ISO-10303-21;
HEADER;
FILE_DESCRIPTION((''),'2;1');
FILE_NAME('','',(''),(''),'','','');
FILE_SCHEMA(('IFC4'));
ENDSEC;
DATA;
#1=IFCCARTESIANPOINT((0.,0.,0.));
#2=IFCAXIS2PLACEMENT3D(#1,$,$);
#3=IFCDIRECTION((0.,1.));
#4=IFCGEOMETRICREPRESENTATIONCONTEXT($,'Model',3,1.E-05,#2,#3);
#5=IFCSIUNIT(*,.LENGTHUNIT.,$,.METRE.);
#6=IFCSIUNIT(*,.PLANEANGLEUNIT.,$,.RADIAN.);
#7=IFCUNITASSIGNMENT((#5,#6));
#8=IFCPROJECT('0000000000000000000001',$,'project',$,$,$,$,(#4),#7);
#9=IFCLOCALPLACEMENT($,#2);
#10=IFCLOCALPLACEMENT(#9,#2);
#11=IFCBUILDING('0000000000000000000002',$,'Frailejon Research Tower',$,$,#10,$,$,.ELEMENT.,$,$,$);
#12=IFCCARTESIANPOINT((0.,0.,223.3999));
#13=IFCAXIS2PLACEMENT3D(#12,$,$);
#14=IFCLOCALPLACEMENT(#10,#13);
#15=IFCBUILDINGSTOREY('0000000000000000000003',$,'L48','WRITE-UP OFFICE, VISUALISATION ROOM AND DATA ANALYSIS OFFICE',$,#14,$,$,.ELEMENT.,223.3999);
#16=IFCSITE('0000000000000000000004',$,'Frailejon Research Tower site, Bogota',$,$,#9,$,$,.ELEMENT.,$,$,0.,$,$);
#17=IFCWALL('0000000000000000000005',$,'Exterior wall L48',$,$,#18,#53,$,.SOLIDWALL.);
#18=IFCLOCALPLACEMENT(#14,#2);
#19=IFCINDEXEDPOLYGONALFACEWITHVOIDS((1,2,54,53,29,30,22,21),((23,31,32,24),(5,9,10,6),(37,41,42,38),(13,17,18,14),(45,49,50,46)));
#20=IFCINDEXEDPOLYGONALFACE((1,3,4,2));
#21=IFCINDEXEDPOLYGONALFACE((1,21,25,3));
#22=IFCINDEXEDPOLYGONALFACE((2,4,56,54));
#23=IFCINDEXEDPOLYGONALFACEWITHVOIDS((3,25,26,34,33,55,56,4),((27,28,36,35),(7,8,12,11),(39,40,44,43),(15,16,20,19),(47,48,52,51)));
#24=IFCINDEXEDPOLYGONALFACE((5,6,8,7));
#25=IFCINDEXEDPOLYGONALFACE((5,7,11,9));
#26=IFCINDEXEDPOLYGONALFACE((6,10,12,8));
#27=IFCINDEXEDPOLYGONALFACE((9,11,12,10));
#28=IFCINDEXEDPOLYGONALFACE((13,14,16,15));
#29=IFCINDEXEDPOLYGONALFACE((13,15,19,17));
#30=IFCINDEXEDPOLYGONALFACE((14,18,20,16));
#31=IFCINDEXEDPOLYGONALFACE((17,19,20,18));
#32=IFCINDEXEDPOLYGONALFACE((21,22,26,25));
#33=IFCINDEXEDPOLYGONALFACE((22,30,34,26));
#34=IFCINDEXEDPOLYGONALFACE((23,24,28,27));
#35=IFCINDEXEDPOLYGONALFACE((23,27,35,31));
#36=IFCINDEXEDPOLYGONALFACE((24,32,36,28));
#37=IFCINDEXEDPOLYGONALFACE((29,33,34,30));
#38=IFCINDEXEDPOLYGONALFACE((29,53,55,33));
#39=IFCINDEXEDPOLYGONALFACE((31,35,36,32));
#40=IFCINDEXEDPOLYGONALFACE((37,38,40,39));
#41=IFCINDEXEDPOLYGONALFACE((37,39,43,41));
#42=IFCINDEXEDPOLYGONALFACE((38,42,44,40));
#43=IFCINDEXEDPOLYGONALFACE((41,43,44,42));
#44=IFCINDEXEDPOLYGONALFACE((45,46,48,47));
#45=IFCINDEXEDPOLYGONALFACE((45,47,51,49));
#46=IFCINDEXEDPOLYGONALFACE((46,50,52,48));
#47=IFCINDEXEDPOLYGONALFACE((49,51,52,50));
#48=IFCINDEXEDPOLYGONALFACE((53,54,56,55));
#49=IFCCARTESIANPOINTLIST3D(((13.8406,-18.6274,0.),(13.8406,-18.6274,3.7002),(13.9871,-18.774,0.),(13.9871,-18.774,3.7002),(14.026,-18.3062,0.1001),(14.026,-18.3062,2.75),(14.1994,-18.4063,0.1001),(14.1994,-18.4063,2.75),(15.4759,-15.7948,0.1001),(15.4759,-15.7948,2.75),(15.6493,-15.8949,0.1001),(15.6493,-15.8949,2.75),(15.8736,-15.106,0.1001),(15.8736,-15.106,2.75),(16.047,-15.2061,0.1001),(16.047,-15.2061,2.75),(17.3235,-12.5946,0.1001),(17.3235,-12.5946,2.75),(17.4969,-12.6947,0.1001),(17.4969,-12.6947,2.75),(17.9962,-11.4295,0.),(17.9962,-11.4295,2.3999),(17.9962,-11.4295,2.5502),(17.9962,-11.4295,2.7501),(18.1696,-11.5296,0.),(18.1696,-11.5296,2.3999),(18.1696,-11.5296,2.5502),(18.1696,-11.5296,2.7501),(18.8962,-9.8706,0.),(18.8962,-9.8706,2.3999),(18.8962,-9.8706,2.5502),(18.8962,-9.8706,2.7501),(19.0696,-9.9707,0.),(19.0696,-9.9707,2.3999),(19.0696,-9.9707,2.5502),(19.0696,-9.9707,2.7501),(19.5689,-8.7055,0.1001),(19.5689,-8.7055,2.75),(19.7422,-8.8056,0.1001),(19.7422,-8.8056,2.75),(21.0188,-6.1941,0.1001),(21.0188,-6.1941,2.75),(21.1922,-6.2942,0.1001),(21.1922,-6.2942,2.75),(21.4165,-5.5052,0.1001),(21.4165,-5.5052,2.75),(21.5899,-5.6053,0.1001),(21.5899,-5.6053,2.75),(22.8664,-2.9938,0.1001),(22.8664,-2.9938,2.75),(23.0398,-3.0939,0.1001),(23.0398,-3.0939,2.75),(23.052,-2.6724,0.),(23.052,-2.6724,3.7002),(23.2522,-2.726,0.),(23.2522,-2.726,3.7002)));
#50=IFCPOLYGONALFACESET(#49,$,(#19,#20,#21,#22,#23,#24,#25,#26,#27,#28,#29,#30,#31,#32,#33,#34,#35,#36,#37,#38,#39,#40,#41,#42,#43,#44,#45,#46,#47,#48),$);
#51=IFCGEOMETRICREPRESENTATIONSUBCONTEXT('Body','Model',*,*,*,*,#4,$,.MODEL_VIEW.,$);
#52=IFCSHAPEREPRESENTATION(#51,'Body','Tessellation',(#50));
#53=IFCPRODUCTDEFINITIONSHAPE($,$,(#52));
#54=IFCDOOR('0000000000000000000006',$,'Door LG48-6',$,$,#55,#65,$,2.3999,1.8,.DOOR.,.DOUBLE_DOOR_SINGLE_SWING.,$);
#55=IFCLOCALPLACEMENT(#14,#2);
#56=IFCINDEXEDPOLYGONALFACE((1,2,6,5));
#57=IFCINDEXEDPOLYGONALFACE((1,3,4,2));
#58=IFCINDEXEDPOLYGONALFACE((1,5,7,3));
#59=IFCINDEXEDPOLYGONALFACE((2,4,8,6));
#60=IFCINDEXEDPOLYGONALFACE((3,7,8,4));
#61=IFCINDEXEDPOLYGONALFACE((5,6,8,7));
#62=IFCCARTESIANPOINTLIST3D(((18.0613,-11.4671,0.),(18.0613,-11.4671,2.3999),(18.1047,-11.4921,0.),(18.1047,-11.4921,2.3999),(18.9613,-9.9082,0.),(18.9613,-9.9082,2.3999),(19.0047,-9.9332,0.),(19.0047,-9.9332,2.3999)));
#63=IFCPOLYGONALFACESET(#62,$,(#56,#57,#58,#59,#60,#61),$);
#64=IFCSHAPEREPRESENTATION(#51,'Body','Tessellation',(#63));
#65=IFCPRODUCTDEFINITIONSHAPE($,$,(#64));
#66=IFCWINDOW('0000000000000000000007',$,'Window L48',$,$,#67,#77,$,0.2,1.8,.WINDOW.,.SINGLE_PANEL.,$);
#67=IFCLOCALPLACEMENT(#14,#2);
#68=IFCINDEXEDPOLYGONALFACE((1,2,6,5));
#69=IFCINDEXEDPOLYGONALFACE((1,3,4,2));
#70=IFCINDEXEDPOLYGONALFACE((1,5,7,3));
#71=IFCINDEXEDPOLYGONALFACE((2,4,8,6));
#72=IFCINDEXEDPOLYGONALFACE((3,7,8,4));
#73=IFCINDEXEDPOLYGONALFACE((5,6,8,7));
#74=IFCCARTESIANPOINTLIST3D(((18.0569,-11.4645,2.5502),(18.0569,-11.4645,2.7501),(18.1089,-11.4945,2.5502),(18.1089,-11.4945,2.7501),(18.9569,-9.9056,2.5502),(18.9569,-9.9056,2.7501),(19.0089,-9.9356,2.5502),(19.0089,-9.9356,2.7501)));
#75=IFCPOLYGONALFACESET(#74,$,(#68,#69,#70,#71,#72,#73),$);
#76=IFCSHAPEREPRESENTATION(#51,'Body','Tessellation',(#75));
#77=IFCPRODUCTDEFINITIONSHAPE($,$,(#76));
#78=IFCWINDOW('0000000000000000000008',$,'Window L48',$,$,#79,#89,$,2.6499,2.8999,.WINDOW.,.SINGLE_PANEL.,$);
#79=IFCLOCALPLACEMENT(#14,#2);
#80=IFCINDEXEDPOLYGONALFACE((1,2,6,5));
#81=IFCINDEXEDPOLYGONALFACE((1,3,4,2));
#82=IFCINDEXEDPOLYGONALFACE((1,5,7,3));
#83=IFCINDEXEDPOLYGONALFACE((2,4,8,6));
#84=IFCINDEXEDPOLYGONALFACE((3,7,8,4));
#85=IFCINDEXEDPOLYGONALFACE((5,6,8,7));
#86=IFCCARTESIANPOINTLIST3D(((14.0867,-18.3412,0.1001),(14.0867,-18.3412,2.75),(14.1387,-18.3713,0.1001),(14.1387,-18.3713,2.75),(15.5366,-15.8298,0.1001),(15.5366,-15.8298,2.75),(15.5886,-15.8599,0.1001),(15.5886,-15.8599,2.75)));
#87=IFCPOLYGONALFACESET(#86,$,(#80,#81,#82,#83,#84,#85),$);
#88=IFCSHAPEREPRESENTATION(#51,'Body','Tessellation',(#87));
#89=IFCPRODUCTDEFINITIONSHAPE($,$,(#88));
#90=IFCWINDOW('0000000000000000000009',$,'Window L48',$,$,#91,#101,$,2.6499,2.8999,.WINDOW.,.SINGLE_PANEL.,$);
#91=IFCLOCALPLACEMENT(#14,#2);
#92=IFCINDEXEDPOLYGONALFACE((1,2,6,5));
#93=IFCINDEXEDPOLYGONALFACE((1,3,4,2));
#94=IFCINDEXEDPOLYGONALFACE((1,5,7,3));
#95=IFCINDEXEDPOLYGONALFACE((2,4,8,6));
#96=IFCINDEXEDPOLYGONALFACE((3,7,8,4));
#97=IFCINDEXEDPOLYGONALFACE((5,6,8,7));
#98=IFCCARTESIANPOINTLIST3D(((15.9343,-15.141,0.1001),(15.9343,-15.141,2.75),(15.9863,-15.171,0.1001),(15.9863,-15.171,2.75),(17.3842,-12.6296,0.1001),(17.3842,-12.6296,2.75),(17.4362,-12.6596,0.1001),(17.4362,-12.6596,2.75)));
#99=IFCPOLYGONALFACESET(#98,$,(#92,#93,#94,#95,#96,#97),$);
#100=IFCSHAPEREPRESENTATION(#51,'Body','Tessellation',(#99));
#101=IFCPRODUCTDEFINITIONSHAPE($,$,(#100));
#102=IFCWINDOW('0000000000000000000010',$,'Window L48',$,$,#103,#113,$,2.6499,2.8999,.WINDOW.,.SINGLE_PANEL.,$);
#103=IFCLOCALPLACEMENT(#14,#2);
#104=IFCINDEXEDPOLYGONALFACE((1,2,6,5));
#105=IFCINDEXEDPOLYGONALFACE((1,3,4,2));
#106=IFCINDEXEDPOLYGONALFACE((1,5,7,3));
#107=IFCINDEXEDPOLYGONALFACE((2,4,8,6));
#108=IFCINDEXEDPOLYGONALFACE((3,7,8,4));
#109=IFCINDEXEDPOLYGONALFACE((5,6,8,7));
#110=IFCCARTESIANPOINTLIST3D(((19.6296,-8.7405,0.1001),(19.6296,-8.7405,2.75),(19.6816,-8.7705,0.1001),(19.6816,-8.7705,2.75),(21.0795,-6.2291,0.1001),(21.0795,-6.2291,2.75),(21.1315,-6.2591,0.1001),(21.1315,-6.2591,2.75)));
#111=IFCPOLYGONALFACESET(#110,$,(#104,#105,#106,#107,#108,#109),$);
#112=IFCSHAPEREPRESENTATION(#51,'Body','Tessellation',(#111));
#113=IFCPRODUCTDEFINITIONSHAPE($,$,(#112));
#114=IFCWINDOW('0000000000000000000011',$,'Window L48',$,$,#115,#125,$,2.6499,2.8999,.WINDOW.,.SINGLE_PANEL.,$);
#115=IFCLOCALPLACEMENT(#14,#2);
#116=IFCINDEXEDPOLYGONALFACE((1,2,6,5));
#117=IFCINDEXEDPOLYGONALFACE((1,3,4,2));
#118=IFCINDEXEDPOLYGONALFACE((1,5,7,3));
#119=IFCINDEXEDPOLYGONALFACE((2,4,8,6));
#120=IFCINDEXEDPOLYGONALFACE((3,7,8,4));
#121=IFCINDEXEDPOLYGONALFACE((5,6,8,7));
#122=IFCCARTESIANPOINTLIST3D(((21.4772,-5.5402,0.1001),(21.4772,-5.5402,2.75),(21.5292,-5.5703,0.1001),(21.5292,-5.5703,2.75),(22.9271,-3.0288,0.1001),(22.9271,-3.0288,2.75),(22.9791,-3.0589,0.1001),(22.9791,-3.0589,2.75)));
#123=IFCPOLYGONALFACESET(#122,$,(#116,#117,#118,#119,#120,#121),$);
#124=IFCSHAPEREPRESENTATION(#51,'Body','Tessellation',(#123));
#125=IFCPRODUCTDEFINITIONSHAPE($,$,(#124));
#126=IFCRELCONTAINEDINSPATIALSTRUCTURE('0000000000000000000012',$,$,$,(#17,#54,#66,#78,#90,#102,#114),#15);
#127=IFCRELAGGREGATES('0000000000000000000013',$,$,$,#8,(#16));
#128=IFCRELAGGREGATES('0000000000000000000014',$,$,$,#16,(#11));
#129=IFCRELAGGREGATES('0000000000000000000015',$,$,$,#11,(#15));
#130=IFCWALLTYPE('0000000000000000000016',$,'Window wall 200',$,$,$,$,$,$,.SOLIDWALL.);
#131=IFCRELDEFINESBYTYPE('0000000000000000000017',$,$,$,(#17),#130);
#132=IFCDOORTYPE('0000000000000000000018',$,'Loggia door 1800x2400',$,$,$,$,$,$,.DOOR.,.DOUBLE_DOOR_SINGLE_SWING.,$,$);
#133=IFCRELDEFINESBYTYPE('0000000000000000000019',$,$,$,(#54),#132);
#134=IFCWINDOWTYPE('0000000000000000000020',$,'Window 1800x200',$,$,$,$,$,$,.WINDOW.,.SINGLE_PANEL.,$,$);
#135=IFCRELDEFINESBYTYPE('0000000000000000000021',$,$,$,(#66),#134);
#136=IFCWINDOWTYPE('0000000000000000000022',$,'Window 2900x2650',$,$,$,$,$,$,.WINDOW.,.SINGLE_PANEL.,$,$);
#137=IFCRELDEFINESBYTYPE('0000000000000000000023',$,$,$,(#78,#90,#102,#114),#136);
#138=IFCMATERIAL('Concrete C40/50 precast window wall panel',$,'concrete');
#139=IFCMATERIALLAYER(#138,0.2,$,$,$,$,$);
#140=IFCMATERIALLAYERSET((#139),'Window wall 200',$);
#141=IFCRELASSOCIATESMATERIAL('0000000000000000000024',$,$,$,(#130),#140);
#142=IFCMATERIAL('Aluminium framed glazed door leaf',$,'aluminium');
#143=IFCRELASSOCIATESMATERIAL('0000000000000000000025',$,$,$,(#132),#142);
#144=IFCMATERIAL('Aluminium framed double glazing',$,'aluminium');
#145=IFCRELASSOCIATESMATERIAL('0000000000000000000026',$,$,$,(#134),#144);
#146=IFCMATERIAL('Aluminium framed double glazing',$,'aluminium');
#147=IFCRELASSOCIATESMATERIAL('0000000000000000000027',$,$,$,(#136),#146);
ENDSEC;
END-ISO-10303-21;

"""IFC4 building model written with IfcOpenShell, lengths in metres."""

from ifc_helpers import new_model, si_unit, direction, frame, frame_2d, origin, place, context, subcontext, project, spatial, polyline, rectangle, outline, extrude, material, layer, layer_set, type_object, element, fill, save


model = new_model("IFC4")

# Units and contexts
model_context = context("Model", 3, precision=1e-05, world=origin(), true_north=direction((0.0, 1.0)))
body_context = subcontext(model_context, "Body", "Model", "MODEL_VIEW")
ifc_project = project(units=[si_unit("LENGTHUNIT", "METRE"), si_unit("PLANEANGLEUNIT", "RADIAN")], contexts=[model_context])

# Site, building, storey
site_placement = place(None, origin())
site = spatial("IfcSite", under=ifc_project, at=site_placement, Name="Frailejon Research Tower site, Bogota", CompositionType="ELEMENT", RefElevation=0.0)
building_placement = place(site_placement, origin())
building = spatial("IfcBuilding", under=site, at=building_placement, Name="Frailejon Research Tower", CompositionType="ELEMENT")
storey_placement = place(building_placement, frame((0.0, 0.0, 223.3999)))
storey = spatial("IfcBuildingStorey", under=building, at=storey_placement, Name="L48", Description="WRITE-UP OFFICE, VISUALISATION ROOM AND DATA ANALYSIS OFFICE", CompositionType="ELEMENT", Elevation=223.3999)

# Shared definitions
ifc_material_1 = material(Name="Concrete C40/50 precast window wall panel", Category="concrete")
ifc_layer_1 = layer(ifc_material_1, 0.2)
ifc_layer_set_1 = layer_set([ifc_layer_1], Name="Window wall 200")
wall_type_1 = type_object("IfcWallType", Name="Window wall 200", PredefinedType="SOLIDWALL", material=ifc_layer_set_1)

# Wall, openings, door, windows
wall_1_placement = place(storey_placement, frame((13.9138, -18.7007, 0.0), z_axis=(0.0, 0.0, 1.0), x_axis=(0.499993, 0.866029, 0.0)))
wall_1 = element("IfcWall", 1, at=wall_1_placement, inside=storey, type_object=wall_type_1, Name="Exterior wall L48", PredefinedType="SOLIDWALL", context=body_context, shape_type="SweptSolid", body=[
    extrude(outline(polyline([(-0.0269, -0.1001), (1.0027, -0.1001), (2.032, -0.1001), (3.0615, -0.1001), (4.0911, -0.1001), (5.1206, -0.1001), (6.1499, -0.1001), (7.1794, -0.1001), (8.209, -0.1001), (9.2383, -0.1001), (10.2678, -0.1001), (11.2974, -0.1001), (12.3269, -0.1001), (13.3562, -0.1001), (14.3857, -0.1001), (15.4153, -0.1001), (16.4448, -0.1001), (17.4741, -0.1001), (18.5037, -0.1001), (18.45, 0.1001), (17.4265, 0.1001), (16.4028, 0.1001), (15.3794, 0.1001), (14.356, 0.1001), (13.3325, 0.1001), (12.3088, 0.1001), (11.2854, 0.1001), (10.262, 0.1001), (9.2383, 0.1001), (8.2148, 0.1001), (7.1914, 0.1001), (6.168, 0.1001), (5.1443, 0.1001), (4.1208, 0.1001), (3.0974, 0.1001), (2.074, 0.1001), (1.0503, 0.1001), (0.0269, 0.1001), (-0.0269, -0.1001)])), origin(), (0.0, 0.0, 1.0), 3.7002),
])
opening_1_placement = place(wall_1_placement, frame((0.3977, 0.0, 0.1001)))
opening_1 = element("IfcOpeningElement", 2, at=opening_1_placement, cuts=wall_1, PredefinedType="OPENING", context=body_context, shape_type="SweptSolid", body=[
    extrude(rectangle(XDim=2.8999, YDim=2.6499, at=frame_2d((1.45, 1.325))), frame((0.0, 0.1099, 0.0), z_axis=(0.0, -1.0, 0.0), x_axis=(1.0, 0.0, 0.0)), (0.0, 0.0, 1.0), 0.22),
])
opening_2_placement = place(wall_1_placement, frame((4.093, 0.0, 0.1001)))
opening_2 = element("IfcOpeningElement", 3, at=opening_2_placement, cuts=wall_1, PredefinedType="OPENING", context=body_context, shape_type="SweptSolid", body=[
    extrude(rectangle(XDim=2.8999, YDim=2.6499, at=frame_2d((1.45, 1.325))), frame((0.0, 0.1099, 0.0), z_axis=(0.0, -1.0, 0.0), x_axis=(1.0, 0.0, 0.0)), (0.0, 0.0, 1.0), 0.22),
])
opening_3_placement = place(wall_1_placement, frame((8.3384, 0.0, 0.0)))
opening_3 = element("IfcOpeningElement", 4, at=opening_3_placement, cuts=wall_1, PredefinedType="OPENING", context=body_context, shape_type="SweptSolid", body=[
    extrude(rectangle(XDim=1.8, YDim=2.3999, at=frame_2d((0.8999, 1.2))), frame((0.0, 0.1099, 0.0), z_axis=(0.0, -1.0, 0.0), x_axis=(1.0, 0.0, 0.0)), (0.0, 0.0, 1.0), 0.22),
])
opening_4_placement = place(wall_1_placement, frame((8.3384, 0.0, 2.55)))
opening_4 = element("IfcOpeningElement", 5, at=opening_4_placement, cuts=wall_1, PredefinedType="OPENING", context=body_context, shape_type="SweptSolid", body=[
    extrude(rectangle(XDim=1.8, YDim=0.2, at=frame_2d((0.8999, 0.1001))), frame((0.0, 0.1099, 0.0), z_axis=(0.0, -1.0, 0.0), x_axis=(1.0, 0.0, 0.0)), (0.0, 0.0, 1.0), 0.22),
])
opening_5_placement = place(wall_1_placement, frame((11.4836, 0.0, 0.1001)))
opening_5 = element("IfcOpeningElement", 6, at=opening_5_placement, cuts=wall_1, PredefinedType="OPENING", context=body_context, shape_type="SweptSolid", body=[
    extrude(rectangle(XDim=2.8999, YDim=2.6499, at=frame_2d((1.45, 1.325))), frame((0.0, 0.1099, 0.0), z_axis=(0.0, -1.0, 0.0), x_axis=(1.0, 0.0, 0.0)), (0.0, 0.0, 1.0), 0.22),
])
opening_6_placement = place(wall_1_placement, frame((15.179, 0.0, 0.1001)))
opening_6 = element("IfcOpeningElement", 7, at=opening_6_placement, cuts=wall_1, PredefinedType="OPENING", context=body_context, shape_type="SweptSolid", body=[
    extrude(rectangle(XDim=2.8999, YDim=2.6499, at=frame_2d((1.45, 1.325))), frame((0.0, 0.1099, 0.0), z_axis=(0.0, -1.0, 0.0), x_axis=(1.0, 0.0, 0.0)), (0.0, 0.0, 1.0), 0.22),
])
ifc_material_2 = material(Name="Aluminium framed glazed door leaf", Category="aluminium")
door_type_1 = type_object("IfcDoorType", Name="Loggia door 1800x2400", OperationType="DOUBLE_DOOR_SINGLE_SWING", PredefinedType="DOOR", material=ifc_material_2)
door_1_placement = place(opening_3_placement, origin())
door_1 = element("IfcDoor", 8, at=door_1_placement, inside=storey, type_object=door_type_1, Name="Door LG48-6", OperationType="DOUBLE_DOOR_SINGLE_SWING", OverallHeight=2.3999, OverallWidth=1.8, PredefinedType="DOOR", context=body_context, shape_type="SweptSolid", body=[
    extrude(rectangle(XDim=1.8, YDim=2.3999, at=frame_2d((0.8999, 1.2))), frame((0.0, 0.0249, 0.0), z_axis=(0.0, -1.0, 0.0), x_axis=(1.0, 0.0, 0.0)), (0.0, 0.0, 1.0), 0.05),
])
fill(opening_3, door_1)
ifc_material_3 = material(Name="Aluminium framed double glazing", Category="aluminium")
window_type_1 = type_object("IfcWindowType", Name="Window 1800x200", PartitioningType="SINGLE_PANEL", PredefinedType="WINDOW", material=ifc_material_3)
window_1_placement = place(opening_4_placement, origin())
window_1 = element("IfcWindow", 9, at=window_1_placement, inside=storey, type_object=window_type_1, Name="Window L48", OverallHeight=0.2, OverallWidth=1.8, PartitioningType="SINGLE_PANEL", PredefinedType="WINDOW", context=body_context, shape_type="SweptSolid", body=[
    extrude(rectangle(XDim=1.8, YDim=0.2, at=frame_2d((0.8999, 0.1001))), frame((0.0, 0.03, 0.0), z_axis=(0.0, -1.0, 0.0), x_axis=(1.0, 0.0, 0.0)), (0.0, 0.0, 1.0), 0.0601),
])
fill(opening_4, window_1)
ifc_material_4 = material(Name="Aluminium framed double glazing", Category="aluminium")
window_type_2 = type_object("IfcWindowType", Name="Window 2900x2650", PartitioningType="SINGLE_PANEL", PredefinedType="WINDOW", material=ifc_material_4)
window_2_placement = place(opening_1_placement, origin())
window_2 = element("IfcWindow", 10, at=window_2_placement, inside=storey, type_object=window_type_2, Name="Window L48", OverallHeight=2.6499, OverallWidth=2.8999, PartitioningType="SINGLE_PANEL", PredefinedType="WINDOW", context=body_context, shape_type="SweptSolid", body=[
    extrude(rectangle(XDim=2.8999, YDim=2.6499, at=frame_2d((1.45, 1.325))), frame((0.0, 0.03, 0.0), z_axis=(0.0, -1.0, 0.0), x_axis=(1.0, 0.0, 0.0)), (0.0, 0.0, 1.0), 0.0601),
])
fill(opening_1, window_2)
window_3_placement = place(opening_2_placement, origin())
window_3 = element("IfcWindow", 11, at=window_3_placement, inside=storey, type_object=window_type_2, Name="Window L48", OverallHeight=2.6499, OverallWidth=2.8999, PartitioningType="SINGLE_PANEL", PredefinedType="WINDOW", context=body_context, shape_type="SweptSolid", body=[
    extrude(rectangle(XDim=2.8999, YDim=2.6499, at=frame_2d((1.45, 1.325))), frame((0.0, 0.03, 0.0), z_axis=(0.0, -1.0, 0.0), x_axis=(1.0, 0.0, 0.0)), (0.0, 0.0, 1.0), 0.0601),
])
fill(opening_2, window_3)
window_4_placement = place(opening_5_placement, origin())
window_4 = element("IfcWindow", 12, at=window_4_placement, inside=storey, type_object=window_type_2, Name="Window L48", OverallHeight=2.6499, OverallWidth=2.8999, PartitioningType="SINGLE_PANEL", PredefinedType="WINDOW", context=body_context, shape_type="SweptSolid", body=[
    extrude(rectangle(XDim=2.8999, YDim=2.6499, at=frame_2d((1.45, 1.325))), frame((0.0, 0.03, 0.0), z_axis=(0.0, -1.0, 0.0), x_axis=(1.0, 0.0, 0.0)), (0.0, 0.0, 1.0), 0.0601),
])
fill(opening_5, window_4)
window_5_placement = place(opening_6_placement, origin())
window_5 = element("IfcWindow", 13, at=window_5_placement, inside=storey, type_object=window_type_2, Name="Window L48", OverallHeight=2.6499, OverallWidth=2.8999, PartitioningType="SINGLE_PANEL", PredefinedType="WINDOW", context=body_context, shape_type="SweptSolid", body=[
    extrude(rectangle(XDim=2.8999, YDim=2.6499, at=frame_2d((1.45, 1.325))), frame((0.0, 0.03, 0.0), z_axis=(0.0, -1.0, 0.0), x_axis=(1.0, 0.0, 0.0)), (0.0, 0.0, 1.0), 0.0601),
])
fill(opening_6, window_5)

save(model, "model.ifc")
